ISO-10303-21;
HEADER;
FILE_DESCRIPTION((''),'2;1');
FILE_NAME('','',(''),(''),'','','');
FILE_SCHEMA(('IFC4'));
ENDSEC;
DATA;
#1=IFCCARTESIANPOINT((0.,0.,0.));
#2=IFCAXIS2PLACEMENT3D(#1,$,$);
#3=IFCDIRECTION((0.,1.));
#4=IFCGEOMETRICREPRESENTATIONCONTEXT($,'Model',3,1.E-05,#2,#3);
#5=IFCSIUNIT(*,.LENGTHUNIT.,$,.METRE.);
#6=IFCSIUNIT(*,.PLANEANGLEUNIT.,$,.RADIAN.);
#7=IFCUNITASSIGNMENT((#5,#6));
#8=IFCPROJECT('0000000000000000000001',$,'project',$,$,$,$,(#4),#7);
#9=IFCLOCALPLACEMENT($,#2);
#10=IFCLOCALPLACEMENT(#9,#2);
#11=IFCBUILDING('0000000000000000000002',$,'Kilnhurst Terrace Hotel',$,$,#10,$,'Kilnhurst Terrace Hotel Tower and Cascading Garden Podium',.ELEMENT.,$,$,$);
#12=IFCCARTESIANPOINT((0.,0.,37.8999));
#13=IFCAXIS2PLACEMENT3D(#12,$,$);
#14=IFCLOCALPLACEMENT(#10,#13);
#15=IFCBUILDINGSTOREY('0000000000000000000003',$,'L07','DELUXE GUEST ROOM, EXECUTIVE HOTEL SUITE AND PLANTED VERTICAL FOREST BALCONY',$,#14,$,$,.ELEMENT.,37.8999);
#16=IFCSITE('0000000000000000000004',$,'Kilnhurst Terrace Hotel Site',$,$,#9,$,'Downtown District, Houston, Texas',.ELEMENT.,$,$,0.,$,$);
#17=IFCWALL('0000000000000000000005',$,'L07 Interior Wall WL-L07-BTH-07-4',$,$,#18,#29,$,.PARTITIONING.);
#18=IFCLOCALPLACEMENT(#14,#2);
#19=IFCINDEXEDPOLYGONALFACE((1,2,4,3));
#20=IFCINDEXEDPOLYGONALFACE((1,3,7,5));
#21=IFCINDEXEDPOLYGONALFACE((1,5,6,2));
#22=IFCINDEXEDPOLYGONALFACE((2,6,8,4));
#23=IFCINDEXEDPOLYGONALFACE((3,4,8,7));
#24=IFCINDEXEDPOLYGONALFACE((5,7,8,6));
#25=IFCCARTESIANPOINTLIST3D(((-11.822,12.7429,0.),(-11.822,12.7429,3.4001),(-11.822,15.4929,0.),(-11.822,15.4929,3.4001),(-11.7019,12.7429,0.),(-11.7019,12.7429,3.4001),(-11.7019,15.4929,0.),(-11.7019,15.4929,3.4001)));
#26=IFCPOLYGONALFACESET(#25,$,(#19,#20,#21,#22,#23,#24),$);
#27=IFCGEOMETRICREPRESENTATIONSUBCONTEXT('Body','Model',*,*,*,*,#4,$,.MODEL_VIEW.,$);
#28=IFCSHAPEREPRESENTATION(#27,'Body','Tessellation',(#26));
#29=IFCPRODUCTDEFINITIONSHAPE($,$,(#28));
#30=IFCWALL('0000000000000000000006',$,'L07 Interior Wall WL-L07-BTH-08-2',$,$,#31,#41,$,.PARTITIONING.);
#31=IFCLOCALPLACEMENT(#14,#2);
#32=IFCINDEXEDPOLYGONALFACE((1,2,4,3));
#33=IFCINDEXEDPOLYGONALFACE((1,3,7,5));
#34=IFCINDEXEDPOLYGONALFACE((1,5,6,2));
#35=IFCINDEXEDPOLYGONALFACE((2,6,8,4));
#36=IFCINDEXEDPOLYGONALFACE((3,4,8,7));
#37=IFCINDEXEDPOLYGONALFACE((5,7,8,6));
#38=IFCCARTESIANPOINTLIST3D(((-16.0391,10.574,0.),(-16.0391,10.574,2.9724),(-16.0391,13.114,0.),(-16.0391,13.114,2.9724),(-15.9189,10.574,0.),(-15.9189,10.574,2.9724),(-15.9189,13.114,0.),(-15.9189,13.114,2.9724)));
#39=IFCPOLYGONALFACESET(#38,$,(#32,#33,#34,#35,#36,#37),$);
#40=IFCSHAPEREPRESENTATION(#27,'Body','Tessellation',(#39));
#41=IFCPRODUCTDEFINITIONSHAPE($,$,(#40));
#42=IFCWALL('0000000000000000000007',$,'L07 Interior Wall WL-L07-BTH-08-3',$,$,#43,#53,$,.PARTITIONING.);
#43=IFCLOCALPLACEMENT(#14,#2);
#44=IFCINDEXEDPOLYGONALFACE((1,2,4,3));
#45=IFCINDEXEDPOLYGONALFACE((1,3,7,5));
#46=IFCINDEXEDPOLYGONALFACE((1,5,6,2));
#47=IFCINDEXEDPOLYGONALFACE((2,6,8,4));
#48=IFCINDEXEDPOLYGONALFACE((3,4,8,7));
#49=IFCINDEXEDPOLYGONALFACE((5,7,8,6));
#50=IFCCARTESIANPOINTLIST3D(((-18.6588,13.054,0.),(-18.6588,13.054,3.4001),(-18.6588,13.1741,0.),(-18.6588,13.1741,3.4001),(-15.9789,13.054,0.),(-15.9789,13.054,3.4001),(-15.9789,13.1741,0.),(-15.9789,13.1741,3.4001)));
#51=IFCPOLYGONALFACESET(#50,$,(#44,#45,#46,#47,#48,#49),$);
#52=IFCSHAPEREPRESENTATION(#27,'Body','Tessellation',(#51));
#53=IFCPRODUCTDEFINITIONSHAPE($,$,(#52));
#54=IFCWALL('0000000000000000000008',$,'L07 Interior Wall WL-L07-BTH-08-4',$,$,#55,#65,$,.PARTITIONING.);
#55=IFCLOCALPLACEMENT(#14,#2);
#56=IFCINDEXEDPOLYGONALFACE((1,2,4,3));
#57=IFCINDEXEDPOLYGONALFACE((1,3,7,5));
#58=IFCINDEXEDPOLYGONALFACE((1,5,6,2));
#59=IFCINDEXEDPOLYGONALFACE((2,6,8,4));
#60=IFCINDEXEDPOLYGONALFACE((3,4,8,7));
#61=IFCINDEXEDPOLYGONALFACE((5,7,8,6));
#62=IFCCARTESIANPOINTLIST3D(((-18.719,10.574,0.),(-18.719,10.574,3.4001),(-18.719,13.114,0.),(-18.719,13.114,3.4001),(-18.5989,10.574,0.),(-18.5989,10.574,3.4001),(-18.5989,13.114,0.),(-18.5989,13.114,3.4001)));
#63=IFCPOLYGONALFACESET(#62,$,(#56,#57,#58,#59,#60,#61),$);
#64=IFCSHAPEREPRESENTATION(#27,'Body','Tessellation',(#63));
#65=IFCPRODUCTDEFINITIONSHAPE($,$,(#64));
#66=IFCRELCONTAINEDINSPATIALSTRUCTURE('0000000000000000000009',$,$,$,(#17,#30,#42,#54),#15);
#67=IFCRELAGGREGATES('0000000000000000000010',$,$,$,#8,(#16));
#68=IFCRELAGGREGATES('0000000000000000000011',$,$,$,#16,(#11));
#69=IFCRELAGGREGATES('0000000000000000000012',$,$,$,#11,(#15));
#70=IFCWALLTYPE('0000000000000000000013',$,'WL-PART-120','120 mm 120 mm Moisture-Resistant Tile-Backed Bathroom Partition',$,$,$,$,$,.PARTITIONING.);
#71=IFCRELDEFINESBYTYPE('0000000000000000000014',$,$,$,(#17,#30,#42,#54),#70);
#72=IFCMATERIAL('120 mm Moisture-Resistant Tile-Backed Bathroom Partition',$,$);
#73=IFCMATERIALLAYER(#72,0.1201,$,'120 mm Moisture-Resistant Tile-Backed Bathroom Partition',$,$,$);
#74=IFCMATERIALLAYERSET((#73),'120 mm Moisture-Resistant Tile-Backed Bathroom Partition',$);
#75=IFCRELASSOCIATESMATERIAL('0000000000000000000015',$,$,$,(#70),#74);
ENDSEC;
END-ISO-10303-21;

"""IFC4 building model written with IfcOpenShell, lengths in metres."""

from ifc_helpers import new_model, si_unit, direction, frame, frame_2d, origin, place, context, subcontext, project, spatial, rectangle, extrude, material, layer, layer_set, type_object, element, save


model = new_model("IFC4")

# Units and contexts
model_context = context("Model", 3, precision=1e-05, world=origin(), true_north=direction((0.0, 1.0)))
body_context = subcontext(model_context, "Body", "Model", "MODEL_VIEW")
ifc_project = project(units=[si_unit("LENGTHUNIT", "METRE"), si_unit("PLANEANGLEUNIT", "RADIAN")], contexts=[model_context])

# Site, building, storey
site_placement = place(None, origin())
site = spatial("IfcSite", under=ifc_project, at=site_placement, Name="Kilnhurst Terrace Hotel Site", LongName="Downtown District, Houston, Texas", CompositionType="ELEMENT", RefElevation=0.0)
building_placement = place(site_placement, origin())
building = spatial("IfcBuilding", under=site, at=building_placement, Name="Kilnhurst Terrace Hotel", LongName="Kilnhurst Terrace Hotel Tower and Cascading Garden Podium", CompositionType="ELEMENT")
storey_placement = place(building_placement, frame((0.0, 0.0, 37.8999)))
storey = spatial("IfcBuildingStorey", under=building, at=storey_placement, Name="L07", Description="DELUXE GUEST ROOM, EXECUTIVE HOTEL SUITE AND PLANTED VERTICAL FOREST BALCONY", CompositionType="ELEMENT", Elevation=37.8999)

# Shared definitions
ifc_material_1 = material(Name="120 mm Moisture-Resistant Tile-Backed Bathroom Partition")
ifc_layer_1 = layer(ifc_material_1, 0.1201, Name="120 mm Moisture-Resistant Tile-Backed Bathroom Partition")
ifc_layer_set_1 = layer_set([ifc_layer_1], Name="120 mm Moisture-Resistant Tile-Backed Bathroom Partition")
wall_type_1 = type_object("IfcWallType", Name="WL-PART-120", Description="120 mm 120 mm Moisture-Resistant Tile-Backed Bathroom Partition", PredefinedType="PARTITIONING", material=ifc_layer_set_1)

# Walls
wall_1_placement = place(storey_placement, frame((-11.762, 15.4929, 0.0), z_axis=(0.0, 0.0, 1.0), x_axis=(0.0, -1.0, 0.0)))
element("IfcWall", 1, at=wall_1_placement, inside=storey, type_object=wall_type_1, Name="L07 Interior Wall WL-L07-BTH-07-4", PredefinedType="PARTITIONING", context=body_context, shape_type="SweptSolid", body=[
    extrude(rectangle(XDim=2.75, YDim=0.1201, at=frame_2d((1.375, 0.0))), origin(), (0.0, 0.0, 1.0), 3.4001),
])
wall_2_placement = place(storey_placement, frame((-15.979, 10.574, 0.0), z_axis=(0.0, 0.0, 1.0), x_axis=(0.0, 1.0, 0.0)))
element("IfcWall", 2, at=wall_2_placement, inside=storey, type_object=wall_type_1, Name="L07 Interior Wall WL-L07-BTH-08-2", PredefinedType="PARTITIONING", context=body_context, shape_type="SweptSolid", body=[
    extrude(rectangle(XDim=2.54, YDim=0.1201, at=frame_2d((1.27, 0.0))), origin(), (0.0, 0.0, 1.0), 2.9724),
])
wall_3_placement = place(storey_placement, frame((-15.979, 13.114, 0.0), z_axis=(0.0, 0.0, 1.0), x_axis=(-1.0, 0.0, 0.0)))
element("IfcWall", 3, at=wall_3_placement, inside=storey, type_object=wall_type_1, Name="L07 Interior Wall WL-L07-BTH-08-3", PredefinedType="PARTITIONING", context=body_context, shape_type="SweptSolid", body=[
    extrude(rectangle(XDim=2.6799, YDim=0.1201, at=frame_2d((1.3398, 0.0))), origin(), (0.0, 0.0, 1.0), 3.4001),
])
wall_4_placement = place(storey_placement, frame((-18.6589, 13.114, 0.0), z_axis=(0.0, 0.0, 1.0), x_axis=(0.0, -1.0, 0.0)))
element("IfcWall", 4, at=wall_4_placement, inside=storey, type_object=wall_type_1, Name="L07 Interior Wall WL-L07-BTH-08-4", PredefinedType="PARTITIONING", context=body_context, shape_type="SweptSolid", body=[
    extrude(rectangle(XDim=2.54, YDim=0.1201, at=frame_2d((1.27, 0.0))), origin(), (0.0, 0.0, 1.0), 3.4001),
])

save(model, "model.ifc")
